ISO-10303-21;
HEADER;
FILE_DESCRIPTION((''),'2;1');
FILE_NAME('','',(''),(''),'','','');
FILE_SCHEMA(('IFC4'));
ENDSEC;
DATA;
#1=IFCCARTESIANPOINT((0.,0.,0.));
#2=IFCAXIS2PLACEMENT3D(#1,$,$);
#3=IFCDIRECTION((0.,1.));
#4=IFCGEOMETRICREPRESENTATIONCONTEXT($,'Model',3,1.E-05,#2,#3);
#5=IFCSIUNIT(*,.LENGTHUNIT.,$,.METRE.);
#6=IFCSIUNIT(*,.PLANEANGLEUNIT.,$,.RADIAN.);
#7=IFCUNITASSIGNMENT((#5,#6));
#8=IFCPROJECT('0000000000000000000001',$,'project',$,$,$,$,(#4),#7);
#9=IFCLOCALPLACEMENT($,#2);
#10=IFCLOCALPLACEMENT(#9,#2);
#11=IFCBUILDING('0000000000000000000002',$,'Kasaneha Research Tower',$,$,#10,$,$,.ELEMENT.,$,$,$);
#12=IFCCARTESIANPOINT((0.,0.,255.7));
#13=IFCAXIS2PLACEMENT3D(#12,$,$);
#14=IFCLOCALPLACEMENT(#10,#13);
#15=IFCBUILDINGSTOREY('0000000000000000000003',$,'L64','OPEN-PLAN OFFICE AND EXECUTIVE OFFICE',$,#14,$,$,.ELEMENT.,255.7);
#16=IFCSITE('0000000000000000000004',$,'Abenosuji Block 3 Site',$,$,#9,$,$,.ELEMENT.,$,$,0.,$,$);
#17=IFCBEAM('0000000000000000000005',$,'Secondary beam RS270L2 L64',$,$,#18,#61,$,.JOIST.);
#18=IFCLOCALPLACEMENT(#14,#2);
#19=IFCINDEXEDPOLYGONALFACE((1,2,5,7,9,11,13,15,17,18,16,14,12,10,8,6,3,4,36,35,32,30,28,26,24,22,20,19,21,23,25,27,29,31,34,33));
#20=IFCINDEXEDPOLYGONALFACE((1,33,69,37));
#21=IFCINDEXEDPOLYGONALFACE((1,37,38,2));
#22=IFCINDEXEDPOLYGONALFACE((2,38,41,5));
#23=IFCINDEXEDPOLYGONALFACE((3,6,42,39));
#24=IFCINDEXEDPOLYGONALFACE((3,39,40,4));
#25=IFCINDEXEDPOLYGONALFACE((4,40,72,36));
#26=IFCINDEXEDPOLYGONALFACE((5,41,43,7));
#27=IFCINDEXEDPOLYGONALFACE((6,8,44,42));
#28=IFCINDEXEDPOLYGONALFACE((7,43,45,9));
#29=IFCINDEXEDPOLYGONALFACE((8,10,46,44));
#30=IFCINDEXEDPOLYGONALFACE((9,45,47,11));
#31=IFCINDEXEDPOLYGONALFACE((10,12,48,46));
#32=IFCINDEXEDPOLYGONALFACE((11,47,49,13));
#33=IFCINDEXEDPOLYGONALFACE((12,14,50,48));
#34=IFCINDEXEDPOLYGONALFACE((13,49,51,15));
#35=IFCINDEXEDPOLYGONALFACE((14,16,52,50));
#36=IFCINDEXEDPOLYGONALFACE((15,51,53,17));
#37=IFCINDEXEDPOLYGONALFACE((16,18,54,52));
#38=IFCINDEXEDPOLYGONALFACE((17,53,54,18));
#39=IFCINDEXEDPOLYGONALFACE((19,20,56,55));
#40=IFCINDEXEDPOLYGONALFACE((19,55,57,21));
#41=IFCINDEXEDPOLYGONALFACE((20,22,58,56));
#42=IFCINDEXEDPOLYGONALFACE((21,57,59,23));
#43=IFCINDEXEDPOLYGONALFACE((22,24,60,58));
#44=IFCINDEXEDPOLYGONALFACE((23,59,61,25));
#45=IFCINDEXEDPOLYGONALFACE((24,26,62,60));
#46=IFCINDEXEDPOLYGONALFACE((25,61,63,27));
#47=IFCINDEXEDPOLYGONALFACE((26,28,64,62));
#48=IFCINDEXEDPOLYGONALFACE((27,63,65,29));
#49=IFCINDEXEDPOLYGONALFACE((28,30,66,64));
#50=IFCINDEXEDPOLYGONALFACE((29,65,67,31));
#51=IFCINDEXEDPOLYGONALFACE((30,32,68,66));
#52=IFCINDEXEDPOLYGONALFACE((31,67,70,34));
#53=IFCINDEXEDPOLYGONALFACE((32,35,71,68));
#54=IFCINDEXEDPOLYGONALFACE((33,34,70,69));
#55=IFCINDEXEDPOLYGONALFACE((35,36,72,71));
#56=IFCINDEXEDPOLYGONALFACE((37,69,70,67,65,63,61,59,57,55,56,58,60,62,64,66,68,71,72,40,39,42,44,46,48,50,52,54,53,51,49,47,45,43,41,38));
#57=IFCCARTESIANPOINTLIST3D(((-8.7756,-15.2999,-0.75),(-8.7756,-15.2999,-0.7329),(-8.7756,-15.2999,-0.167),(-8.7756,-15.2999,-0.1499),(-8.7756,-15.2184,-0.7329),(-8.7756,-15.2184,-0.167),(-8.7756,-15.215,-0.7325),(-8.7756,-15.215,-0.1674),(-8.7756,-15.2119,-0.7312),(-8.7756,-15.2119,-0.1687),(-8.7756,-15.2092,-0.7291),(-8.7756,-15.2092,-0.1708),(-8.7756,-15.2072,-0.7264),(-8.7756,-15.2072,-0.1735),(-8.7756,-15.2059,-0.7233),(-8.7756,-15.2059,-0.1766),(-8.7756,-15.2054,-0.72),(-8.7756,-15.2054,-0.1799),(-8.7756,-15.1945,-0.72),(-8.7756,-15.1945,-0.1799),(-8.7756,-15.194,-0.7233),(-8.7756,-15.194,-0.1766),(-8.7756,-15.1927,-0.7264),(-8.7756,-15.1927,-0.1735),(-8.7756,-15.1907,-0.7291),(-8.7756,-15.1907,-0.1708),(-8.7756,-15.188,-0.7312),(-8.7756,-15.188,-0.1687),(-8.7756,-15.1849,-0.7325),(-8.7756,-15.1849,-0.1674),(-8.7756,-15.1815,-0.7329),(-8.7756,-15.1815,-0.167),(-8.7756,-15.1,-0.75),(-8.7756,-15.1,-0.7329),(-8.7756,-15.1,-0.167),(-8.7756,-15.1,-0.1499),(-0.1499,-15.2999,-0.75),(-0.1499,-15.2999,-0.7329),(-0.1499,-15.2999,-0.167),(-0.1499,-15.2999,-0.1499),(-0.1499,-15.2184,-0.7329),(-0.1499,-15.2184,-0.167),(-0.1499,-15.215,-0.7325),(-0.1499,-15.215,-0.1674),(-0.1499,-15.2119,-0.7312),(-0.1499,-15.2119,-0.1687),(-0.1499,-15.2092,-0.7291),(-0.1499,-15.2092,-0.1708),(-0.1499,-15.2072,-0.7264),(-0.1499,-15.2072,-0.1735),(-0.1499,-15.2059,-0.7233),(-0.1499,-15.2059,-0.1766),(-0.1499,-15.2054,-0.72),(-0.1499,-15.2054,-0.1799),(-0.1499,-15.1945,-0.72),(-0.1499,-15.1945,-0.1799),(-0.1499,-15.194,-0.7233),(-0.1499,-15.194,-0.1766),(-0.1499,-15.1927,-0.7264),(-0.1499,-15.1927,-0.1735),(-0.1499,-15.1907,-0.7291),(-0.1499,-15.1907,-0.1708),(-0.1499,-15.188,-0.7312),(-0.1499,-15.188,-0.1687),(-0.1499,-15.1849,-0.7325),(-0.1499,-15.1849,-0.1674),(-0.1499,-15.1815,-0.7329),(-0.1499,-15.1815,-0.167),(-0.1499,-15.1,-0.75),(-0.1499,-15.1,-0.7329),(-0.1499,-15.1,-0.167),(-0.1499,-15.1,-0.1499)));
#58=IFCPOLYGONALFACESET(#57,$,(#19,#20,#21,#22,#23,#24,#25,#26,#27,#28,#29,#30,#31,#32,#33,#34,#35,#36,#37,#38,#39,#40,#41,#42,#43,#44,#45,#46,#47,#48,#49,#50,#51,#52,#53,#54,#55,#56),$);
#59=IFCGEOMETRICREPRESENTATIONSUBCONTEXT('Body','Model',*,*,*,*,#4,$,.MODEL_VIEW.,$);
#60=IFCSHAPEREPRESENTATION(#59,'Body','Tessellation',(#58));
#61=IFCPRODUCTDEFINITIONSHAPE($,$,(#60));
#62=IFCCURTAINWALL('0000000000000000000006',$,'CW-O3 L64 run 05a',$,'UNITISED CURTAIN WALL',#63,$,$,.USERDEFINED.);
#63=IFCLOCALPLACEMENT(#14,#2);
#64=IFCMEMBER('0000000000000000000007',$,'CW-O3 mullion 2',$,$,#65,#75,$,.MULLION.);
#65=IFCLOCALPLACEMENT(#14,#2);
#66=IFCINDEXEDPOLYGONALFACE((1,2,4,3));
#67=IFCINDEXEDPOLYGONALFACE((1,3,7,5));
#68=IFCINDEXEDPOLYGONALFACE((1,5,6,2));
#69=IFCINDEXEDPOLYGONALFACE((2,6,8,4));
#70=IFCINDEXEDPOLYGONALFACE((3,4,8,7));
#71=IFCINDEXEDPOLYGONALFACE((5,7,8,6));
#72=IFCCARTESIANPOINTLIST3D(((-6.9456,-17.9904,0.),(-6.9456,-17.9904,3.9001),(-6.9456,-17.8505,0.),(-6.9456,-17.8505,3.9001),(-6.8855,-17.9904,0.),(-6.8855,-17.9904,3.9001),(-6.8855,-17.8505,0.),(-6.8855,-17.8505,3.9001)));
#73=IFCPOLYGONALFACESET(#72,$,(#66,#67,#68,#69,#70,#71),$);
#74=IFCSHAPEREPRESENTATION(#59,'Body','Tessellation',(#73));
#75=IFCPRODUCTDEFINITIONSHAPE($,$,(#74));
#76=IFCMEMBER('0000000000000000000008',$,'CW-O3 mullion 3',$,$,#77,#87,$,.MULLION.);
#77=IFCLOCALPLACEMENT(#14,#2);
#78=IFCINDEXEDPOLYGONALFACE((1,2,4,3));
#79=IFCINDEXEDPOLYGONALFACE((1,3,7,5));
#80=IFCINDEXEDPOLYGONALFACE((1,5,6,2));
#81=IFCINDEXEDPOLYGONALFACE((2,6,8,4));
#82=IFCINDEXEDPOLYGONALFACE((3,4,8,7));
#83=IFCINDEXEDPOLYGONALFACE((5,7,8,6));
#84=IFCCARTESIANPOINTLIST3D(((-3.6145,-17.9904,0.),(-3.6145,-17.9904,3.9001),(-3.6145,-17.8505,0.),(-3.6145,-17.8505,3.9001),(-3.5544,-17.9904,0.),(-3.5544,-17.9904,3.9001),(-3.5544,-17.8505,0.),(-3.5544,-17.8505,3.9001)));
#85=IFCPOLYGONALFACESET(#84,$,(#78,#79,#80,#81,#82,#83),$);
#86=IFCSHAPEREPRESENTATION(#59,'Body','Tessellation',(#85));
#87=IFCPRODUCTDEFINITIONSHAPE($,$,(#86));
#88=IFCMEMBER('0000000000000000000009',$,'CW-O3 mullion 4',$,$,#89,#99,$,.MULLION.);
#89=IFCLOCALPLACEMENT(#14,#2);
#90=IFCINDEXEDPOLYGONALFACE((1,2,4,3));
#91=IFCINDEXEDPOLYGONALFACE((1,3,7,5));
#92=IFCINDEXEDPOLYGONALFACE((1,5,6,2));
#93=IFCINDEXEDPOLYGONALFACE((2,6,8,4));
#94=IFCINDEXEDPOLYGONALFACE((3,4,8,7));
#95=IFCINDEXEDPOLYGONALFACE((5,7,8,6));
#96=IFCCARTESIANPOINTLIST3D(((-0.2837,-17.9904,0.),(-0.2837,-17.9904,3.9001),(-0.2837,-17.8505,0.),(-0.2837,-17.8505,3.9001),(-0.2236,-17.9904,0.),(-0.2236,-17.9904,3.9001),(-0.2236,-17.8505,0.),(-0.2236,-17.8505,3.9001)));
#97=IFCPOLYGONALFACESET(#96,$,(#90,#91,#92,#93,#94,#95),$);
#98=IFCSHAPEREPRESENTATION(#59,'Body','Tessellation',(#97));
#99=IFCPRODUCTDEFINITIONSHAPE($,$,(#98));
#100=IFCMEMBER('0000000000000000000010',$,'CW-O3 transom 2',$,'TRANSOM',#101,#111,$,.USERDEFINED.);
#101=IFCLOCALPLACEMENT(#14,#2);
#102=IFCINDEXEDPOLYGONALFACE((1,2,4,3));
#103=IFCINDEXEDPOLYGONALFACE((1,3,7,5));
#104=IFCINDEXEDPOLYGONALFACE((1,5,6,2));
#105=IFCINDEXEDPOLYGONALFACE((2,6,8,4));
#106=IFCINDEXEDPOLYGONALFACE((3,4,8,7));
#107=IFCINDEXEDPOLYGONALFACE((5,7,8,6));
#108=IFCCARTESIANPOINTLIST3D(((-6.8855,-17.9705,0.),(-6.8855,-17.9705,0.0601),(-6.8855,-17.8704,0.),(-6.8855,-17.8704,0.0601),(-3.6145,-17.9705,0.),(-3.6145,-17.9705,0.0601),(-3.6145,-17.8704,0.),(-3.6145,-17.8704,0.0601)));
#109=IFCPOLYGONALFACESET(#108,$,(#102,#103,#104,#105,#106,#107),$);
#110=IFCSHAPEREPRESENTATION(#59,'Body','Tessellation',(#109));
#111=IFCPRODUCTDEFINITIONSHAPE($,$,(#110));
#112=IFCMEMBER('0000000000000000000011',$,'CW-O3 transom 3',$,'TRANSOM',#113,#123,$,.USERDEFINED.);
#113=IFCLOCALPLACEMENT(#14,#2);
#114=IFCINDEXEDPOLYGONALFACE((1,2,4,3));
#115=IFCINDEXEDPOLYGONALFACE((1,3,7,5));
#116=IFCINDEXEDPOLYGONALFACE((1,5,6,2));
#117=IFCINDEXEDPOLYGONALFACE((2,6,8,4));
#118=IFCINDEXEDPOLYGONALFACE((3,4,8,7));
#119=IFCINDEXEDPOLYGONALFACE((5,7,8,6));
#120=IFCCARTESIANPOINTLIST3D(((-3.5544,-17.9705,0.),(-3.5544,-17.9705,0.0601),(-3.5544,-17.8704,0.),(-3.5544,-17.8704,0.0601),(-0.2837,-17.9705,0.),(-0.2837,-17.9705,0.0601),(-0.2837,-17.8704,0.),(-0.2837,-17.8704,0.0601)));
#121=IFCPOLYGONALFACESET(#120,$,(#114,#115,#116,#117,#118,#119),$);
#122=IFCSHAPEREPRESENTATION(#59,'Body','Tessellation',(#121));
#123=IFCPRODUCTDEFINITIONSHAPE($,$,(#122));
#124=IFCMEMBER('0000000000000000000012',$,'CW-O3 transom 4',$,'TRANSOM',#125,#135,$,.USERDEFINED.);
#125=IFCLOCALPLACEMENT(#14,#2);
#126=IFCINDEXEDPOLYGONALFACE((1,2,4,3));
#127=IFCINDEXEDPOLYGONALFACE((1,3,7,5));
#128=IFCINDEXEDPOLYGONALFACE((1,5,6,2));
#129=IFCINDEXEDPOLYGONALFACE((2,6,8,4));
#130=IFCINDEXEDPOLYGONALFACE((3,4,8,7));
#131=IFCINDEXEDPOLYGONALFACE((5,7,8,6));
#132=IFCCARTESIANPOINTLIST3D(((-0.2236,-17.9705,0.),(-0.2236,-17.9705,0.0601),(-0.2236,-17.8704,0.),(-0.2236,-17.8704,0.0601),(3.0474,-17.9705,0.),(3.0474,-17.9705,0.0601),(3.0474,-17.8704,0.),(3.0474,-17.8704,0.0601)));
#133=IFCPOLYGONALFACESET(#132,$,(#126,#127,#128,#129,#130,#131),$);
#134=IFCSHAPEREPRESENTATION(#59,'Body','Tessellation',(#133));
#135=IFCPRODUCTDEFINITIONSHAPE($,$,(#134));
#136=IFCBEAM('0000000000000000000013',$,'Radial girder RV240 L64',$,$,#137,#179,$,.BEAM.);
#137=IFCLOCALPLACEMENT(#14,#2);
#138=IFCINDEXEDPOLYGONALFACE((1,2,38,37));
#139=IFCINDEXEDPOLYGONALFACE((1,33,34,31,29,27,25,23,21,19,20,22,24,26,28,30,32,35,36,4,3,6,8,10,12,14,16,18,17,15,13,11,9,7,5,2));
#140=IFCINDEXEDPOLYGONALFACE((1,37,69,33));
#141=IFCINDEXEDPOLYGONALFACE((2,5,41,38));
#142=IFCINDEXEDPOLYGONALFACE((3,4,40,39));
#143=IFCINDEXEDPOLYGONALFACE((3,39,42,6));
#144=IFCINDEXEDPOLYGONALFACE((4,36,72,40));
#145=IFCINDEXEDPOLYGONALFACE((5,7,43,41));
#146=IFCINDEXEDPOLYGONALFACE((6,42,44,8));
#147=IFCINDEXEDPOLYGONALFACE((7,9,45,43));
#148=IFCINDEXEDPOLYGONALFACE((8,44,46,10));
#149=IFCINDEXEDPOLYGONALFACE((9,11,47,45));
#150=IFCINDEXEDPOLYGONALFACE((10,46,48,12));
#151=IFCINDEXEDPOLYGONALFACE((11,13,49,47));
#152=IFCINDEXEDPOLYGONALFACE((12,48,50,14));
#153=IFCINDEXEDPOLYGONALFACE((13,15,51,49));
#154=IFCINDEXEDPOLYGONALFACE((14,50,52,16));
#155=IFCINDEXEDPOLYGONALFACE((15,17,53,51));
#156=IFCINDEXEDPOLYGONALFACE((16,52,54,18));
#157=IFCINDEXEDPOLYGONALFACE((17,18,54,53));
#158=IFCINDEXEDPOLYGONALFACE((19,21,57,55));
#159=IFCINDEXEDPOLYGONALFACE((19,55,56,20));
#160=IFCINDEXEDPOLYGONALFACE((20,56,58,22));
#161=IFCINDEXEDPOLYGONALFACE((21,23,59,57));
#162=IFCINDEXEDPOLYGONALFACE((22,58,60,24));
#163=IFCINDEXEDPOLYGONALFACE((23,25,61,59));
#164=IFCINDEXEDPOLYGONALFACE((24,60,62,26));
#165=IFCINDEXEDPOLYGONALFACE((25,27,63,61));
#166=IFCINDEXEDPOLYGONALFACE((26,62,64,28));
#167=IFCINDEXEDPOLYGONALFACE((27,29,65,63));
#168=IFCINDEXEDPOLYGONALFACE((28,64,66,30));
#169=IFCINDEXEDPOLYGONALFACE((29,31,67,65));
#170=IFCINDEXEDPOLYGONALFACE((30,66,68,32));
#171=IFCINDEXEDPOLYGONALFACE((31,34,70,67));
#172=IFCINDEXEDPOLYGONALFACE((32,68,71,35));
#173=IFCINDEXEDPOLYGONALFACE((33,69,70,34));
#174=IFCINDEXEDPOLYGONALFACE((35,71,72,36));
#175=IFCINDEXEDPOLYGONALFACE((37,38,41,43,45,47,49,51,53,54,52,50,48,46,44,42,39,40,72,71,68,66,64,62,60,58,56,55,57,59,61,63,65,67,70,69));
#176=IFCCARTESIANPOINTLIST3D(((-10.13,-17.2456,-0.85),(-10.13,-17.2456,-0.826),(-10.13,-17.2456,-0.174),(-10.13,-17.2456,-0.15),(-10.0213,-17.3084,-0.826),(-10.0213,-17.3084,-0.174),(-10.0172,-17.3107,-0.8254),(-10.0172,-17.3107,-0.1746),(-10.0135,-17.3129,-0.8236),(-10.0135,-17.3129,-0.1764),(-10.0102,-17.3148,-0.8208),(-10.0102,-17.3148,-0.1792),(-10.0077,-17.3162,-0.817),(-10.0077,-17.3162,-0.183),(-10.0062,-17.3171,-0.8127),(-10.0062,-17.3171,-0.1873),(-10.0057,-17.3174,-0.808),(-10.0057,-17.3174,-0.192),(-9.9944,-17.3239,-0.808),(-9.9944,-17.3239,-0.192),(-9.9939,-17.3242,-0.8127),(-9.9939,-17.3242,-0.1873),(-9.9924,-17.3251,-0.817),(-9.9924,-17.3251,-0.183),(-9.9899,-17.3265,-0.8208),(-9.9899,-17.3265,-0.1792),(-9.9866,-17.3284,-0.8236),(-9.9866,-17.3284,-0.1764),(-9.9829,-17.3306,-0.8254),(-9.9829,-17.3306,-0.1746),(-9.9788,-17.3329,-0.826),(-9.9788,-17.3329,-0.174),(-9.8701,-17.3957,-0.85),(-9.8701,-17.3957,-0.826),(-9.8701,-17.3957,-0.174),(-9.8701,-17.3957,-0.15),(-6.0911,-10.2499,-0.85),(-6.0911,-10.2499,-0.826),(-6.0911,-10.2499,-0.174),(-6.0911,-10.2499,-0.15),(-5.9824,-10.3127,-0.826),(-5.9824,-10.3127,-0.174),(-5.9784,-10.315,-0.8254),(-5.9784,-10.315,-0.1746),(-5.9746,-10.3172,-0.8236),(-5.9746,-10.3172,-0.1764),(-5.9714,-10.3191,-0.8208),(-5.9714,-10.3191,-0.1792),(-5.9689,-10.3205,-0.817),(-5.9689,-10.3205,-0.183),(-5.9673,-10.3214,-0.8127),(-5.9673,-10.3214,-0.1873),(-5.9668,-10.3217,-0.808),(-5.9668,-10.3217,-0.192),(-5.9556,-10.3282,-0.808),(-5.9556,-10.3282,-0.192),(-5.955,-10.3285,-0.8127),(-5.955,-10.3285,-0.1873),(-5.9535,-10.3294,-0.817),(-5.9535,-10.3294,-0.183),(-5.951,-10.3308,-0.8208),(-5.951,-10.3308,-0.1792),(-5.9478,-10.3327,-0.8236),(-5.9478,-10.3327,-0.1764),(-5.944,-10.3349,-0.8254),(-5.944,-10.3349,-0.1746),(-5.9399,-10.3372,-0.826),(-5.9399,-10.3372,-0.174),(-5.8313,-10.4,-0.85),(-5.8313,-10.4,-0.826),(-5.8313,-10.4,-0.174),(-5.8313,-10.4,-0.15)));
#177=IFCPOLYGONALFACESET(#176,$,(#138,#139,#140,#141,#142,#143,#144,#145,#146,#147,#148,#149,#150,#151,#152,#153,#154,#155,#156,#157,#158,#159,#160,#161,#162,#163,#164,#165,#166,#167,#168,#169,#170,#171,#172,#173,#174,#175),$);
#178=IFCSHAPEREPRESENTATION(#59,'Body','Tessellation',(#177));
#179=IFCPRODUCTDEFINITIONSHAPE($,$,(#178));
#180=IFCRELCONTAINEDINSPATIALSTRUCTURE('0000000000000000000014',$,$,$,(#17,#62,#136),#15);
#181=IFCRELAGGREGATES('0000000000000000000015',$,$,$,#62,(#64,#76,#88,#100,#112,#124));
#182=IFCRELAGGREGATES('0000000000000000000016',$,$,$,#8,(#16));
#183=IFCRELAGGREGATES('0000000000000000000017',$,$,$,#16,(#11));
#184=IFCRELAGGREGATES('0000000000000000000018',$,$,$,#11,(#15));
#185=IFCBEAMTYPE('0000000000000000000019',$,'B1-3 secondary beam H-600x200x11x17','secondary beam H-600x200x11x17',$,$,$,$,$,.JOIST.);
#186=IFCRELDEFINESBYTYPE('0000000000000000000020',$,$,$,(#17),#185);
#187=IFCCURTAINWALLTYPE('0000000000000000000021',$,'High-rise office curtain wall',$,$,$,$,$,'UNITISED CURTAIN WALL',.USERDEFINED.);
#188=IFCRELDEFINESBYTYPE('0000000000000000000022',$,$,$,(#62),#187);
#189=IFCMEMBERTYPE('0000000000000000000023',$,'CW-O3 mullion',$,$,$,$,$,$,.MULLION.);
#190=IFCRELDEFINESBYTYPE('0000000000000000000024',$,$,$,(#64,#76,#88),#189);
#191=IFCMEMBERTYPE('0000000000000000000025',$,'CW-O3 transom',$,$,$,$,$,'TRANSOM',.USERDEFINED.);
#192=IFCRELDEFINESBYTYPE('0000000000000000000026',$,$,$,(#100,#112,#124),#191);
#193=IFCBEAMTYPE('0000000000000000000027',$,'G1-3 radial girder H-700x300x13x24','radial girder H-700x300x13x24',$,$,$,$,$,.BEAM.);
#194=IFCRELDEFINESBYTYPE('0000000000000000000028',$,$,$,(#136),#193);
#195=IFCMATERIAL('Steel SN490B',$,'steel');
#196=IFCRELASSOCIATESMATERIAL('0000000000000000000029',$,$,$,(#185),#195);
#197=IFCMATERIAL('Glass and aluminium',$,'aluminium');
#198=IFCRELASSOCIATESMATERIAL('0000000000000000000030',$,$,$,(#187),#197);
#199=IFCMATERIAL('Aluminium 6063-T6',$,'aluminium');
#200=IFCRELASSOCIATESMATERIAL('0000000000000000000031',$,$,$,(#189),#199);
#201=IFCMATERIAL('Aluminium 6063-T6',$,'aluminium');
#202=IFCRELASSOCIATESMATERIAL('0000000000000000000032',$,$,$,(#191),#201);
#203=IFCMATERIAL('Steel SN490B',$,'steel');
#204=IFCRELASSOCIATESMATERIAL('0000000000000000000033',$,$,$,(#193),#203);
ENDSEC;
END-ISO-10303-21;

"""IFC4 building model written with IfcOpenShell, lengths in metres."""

from ifc_helpers import new_model, si_unit, direction, frame, origin, origin_2d, place, context, subcontext, project, spatial, rectangle, i_section, extrude, material, material_profile, profile_set, type_object, element, aggregate, save


model = new_model("IFC4")

# Units and contexts
model_context = context("Model", 3, precision=1e-05, world=origin(), true_north=direction((0.0, 1.0)))
body_context = subcontext(model_context, "Body", "Model", "MODEL_VIEW")
ifc_project = project(units=[si_unit("LENGTHUNIT", "METRE"), si_unit("PLANEANGLEUNIT", "RADIAN")], contexts=[model_context])

# Site, building, storey
site_placement = place(None, origin())
site = spatial("IfcSite", under=ifc_project, at=site_placement, Name="Abenosuji Block 3 Site", CompositionType="ELEMENT", RefElevation=0.0)
building_placement = place(site_placement, origin())
building = spatial("IfcBuilding", under=site, at=building_placement, Name="Kasaneha Research Tower", CompositionType="ELEMENT")
storey_placement = place(building_placement, frame((0.0, 0.0, 255.7)))
storey = spatial("IfcBuildingStorey", under=building, at=storey_placement, Name="L64", Description="OPEN-PLAN OFFICE AND EXECUTIVE OFFICE", CompositionType="ELEMENT", Elevation=255.7)

# Beam
ifc_material_1 = material(Name="Steel SN490B", Category="steel")
ifc_material_profile_1 = material_profile(ifc_material_1, i_section(OverallWidth=0.2, OverallDepth=0.6001, WebThickness=0.011, FlangeThickness=0.0171, FilletRadius=0.0129, at=origin_2d()), Name="H-600x200x11x17")
ifc_profile_set_1 = profile_set([ifc_material_profile_1], Name="Steel SN490B")
beam_type_1 = type_object("IfcBeamType", Name="B1-3 secondary beam H-600x200x11x17", Description="secondary beam H-600x200x11x17", PredefinedType="JOIST", material=ifc_profile_set_1)
beam_1_placement = place(storey_placement, frame((-8.7756, -15.2, -0.45), z_axis=(1.0, 0.0, 0.0), x_axis=(0.0, 1.0, 0.0)))
element("IfcBeam", 1, at=beam_1_placement, inside=storey, type_object=beam_type_1, Name="Secondary beam RS270L2 L64", PredefinedType="JOIST", context=body_context, shape_type="SweptSolid", body=[
    extrude(i_section(OverallWidth=0.2, OverallDepth=0.6001, WebThickness=0.011, FlangeThickness=0.0171, FilletRadius=0.0129, at=origin_2d()), origin(), (0.0, 0.0, 1.0), 8.6257),
])

# Curtain wall, members
ifc_material_2 = material(Name="Glass and aluminium", Category="aluminium")
curtain_wall_type = type_object("IfcCurtainWallType", Name="High-rise office curtain wall", ElementType="UNITISED CURTAIN WALL", PredefinedType="USERDEFINED", material=ifc_material_2)
curtain_wall_placement = place(storey_placement, origin())
curtain_wall = element("IfcCurtainWall", 2, at=curtain_wall_placement, inside=storey, type_object=curtain_wall_type, Name="CW-O3 L64 run 05a", ObjectType="UNITISED CURTAIN WALL", PredefinedType="USERDEFINED")
ifc_material_3 = material(Name="Aluminium 6063-T6", Category="aluminium")
ifc_material_profile_2 = material_profile(ifc_material_3, rectangle(XDim=0.0601, YDim=0.1399, at=origin_2d()), Name="CW-O3 mullion 60x140")
ifc_profile_set_2 = profile_set([ifc_material_profile_2], Name="Aluminium 6063-T6")
member_type_1 = type_object("IfcMemberType", Name="CW-O3 mullion", PredefinedType="MULLION", material=ifc_profile_set_2)
member_1_placement = place(storey_placement, frame((-6.9155, -17.9204, 0.0), z_axis=(0.0, 0.0, 1.0), x_axis=(1.0, 0.0, 0.0)))
member_1 = element("IfcMember", 3, at=member_1_placement, type_object=member_type_1, Name="CW-O3 mullion 2", PredefinedType="MULLION", context=body_context, shape_type="SweptSolid", body=[
    extrude(rectangle(XDim=0.0601, YDim=0.1399, at=origin_2d()), origin(), (0.0, 0.0, 1.0), 3.9001),
])
member_2_placement = place(storey_placement, frame((-3.5845, -17.9204, 0.0), z_axis=(0.0, 0.0, 1.0), x_axis=(1.0, 0.0, 0.0)))
member_2 = element("IfcMember", 4, at=member_2_placement, type_object=member_type_1, Name="CW-O3 mullion 3", PredefinedType="MULLION", context=body_context, shape_type="SweptSolid", body=[
    extrude(rectangle(XDim=0.0601, YDim=0.1399, at=origin_2d()), origin(), (0.0, 0.0, 1.0), 3.9001),
])
member_3_placement = place(storey_placement, frame((-0.2537, -17.9204, 0.0), z_axis=(0.0, 0.0, 1.0), x_axis=(1.0, 0.0, 0.0)))
member_3 = element("IfcMember", 5, at=member_3_placement, type_object=member_type_1, Name="CW-O3 mullion 4", PredefinedType="MULLION", context=body_context, shape_type="SweptSolid", body=[
    extrude(rectangle(XDim=0.0601, YDim=0.1399, at=origin_2d()), origin(), (0.0, 0.0, 1.0), 3.9001),
])
ifc_material_4 = material(Name="Aluminium 6063-T6", Category="aluminium")
ifc_material_profile_3 = material_profile(ifc_material_4, rectangle(XDim=0.1001, YDim=0.0601, at=origin_2d()), Name="CW-O3 transom 100x60")
ifc_profile_set_3 = profile_set([ifc_material_profile_3], Name="Aluminium 6063-T6")
member_type_2 = type_object("IfcMemberType", Name="CW-O3 transom", ElementType="TRANSOM", PredefinedType="USERDEFINED", material=ifc_profile_set_3)
member_4_placement = place(storey_placement, frame((-6.8855, -17.9204, 0.03), z_axis=(1.0, 0.0, 0.0), x_axis=(0.0, 1.0, 0.0)))
member_4 = element("IfcMember", 6, at=member_4_placement, type_object=member_type_2, Name="CW-O3 transom 2", ObjectType="TRANSOM", PredefinedType="USERDEFINED", context=body_context, shape_type="SweptSolid", body=[
    extrude(rectangle(XDim=0.1001, YDim=0.0601, at=origin_2d()), origin(), (0.0, 0.0, 1.0), 3.271),
])
member_5_placement = place(storey_placement, frame((-3.5544, -17.9204, 0.03), z_axis=(1.0, 0.0, 0.0), x_axis=(0.0, 1.0, 0.0)))
member_5 = element("IfcMember", 7, at=member_5_placement, type_object=member_type_2, Name="CW-O3 transom 3", ObjectType="TRANSOM", PredefinedType="USERDEFINED", context=body_context, shape_type="SweptSolid", body=[
    extrude(rectangle(XDim=0.1001, YDim=0.0601, at=origin_2d()), origin(), (0.0, 0.0, 1.0), 3.2708),
])
member_6_placement = place(storey_placement, frame((-0.2236, -17.9204, 0.03), z_axis=(1.0, 0.0, 0.0), x_axis=(0.0, 1.0, 0.0)))
member_6 = element("IfcMember", 8, at=member_6_placement, type_object=member_type_2, Name="CW-O3 transom 4", ObjectType="TRANSOM", PredefinedType="USERDEFINED", context=body_context, shape_type="SweptSolid", body=[
    extrude(rectangle(XDim=0.1001, YDim=0.0601, at=origin_2d()), origin(), (0.0, 0.0, 1.0), 3.271),
])

# Beam
ifc_material_5 = material(Name="Steel SN490B", Category="steel")
ifc_material_profile_4 = material_profile(ifc_material_5, i_section(OverallWidth=0.3, OverallDepth=0.7, WebThickness=0.0129, FlangeThickness=0.0239, FilletRadius=0.0181, at=origin_2d()), Name="H-700x300x13x24")
ifc_profile_set_4 = profile_set([ifc_material_profile_4], Name="Steel SN490B")
beam_type_2 = type_object("IfcBeamType", Name="G1-3 radial girder H-700x300x13x24", Description="radial girder H-700x300x13x24", PredefinedType="BEAM", material=ifc_profile_set_4)
beam_2_placement = place(storey_placement, frame((-5.9612, -10.325, -0.5), z_axis=(-0.499991, -0.866031, 0.0), x_axis=(0.866031, -0.499991, 0.0)))
element("IfcBeam", 9, at=beam_2_placement, inside=storey, type_object=beam_type_2, Name="Radial girder RV240 L64", PredefinedType="BEAM", context=body_context, shape_type="SweptSolid", body=[
    extrude(i_section(OverallWidth=0.3, OverallDepth=0.7, WebThickness=0.0129, FlangeThickness=0.0239, FilletRadius=0.0181, at=origin_2d()), origin(), (0.0, 0.0, 1.0), 8.0779),
])

aggregate(curtain_wall, [member_1, member_2, member_3, member_4, member_5, member_6])

save(model, "model.ifc")
